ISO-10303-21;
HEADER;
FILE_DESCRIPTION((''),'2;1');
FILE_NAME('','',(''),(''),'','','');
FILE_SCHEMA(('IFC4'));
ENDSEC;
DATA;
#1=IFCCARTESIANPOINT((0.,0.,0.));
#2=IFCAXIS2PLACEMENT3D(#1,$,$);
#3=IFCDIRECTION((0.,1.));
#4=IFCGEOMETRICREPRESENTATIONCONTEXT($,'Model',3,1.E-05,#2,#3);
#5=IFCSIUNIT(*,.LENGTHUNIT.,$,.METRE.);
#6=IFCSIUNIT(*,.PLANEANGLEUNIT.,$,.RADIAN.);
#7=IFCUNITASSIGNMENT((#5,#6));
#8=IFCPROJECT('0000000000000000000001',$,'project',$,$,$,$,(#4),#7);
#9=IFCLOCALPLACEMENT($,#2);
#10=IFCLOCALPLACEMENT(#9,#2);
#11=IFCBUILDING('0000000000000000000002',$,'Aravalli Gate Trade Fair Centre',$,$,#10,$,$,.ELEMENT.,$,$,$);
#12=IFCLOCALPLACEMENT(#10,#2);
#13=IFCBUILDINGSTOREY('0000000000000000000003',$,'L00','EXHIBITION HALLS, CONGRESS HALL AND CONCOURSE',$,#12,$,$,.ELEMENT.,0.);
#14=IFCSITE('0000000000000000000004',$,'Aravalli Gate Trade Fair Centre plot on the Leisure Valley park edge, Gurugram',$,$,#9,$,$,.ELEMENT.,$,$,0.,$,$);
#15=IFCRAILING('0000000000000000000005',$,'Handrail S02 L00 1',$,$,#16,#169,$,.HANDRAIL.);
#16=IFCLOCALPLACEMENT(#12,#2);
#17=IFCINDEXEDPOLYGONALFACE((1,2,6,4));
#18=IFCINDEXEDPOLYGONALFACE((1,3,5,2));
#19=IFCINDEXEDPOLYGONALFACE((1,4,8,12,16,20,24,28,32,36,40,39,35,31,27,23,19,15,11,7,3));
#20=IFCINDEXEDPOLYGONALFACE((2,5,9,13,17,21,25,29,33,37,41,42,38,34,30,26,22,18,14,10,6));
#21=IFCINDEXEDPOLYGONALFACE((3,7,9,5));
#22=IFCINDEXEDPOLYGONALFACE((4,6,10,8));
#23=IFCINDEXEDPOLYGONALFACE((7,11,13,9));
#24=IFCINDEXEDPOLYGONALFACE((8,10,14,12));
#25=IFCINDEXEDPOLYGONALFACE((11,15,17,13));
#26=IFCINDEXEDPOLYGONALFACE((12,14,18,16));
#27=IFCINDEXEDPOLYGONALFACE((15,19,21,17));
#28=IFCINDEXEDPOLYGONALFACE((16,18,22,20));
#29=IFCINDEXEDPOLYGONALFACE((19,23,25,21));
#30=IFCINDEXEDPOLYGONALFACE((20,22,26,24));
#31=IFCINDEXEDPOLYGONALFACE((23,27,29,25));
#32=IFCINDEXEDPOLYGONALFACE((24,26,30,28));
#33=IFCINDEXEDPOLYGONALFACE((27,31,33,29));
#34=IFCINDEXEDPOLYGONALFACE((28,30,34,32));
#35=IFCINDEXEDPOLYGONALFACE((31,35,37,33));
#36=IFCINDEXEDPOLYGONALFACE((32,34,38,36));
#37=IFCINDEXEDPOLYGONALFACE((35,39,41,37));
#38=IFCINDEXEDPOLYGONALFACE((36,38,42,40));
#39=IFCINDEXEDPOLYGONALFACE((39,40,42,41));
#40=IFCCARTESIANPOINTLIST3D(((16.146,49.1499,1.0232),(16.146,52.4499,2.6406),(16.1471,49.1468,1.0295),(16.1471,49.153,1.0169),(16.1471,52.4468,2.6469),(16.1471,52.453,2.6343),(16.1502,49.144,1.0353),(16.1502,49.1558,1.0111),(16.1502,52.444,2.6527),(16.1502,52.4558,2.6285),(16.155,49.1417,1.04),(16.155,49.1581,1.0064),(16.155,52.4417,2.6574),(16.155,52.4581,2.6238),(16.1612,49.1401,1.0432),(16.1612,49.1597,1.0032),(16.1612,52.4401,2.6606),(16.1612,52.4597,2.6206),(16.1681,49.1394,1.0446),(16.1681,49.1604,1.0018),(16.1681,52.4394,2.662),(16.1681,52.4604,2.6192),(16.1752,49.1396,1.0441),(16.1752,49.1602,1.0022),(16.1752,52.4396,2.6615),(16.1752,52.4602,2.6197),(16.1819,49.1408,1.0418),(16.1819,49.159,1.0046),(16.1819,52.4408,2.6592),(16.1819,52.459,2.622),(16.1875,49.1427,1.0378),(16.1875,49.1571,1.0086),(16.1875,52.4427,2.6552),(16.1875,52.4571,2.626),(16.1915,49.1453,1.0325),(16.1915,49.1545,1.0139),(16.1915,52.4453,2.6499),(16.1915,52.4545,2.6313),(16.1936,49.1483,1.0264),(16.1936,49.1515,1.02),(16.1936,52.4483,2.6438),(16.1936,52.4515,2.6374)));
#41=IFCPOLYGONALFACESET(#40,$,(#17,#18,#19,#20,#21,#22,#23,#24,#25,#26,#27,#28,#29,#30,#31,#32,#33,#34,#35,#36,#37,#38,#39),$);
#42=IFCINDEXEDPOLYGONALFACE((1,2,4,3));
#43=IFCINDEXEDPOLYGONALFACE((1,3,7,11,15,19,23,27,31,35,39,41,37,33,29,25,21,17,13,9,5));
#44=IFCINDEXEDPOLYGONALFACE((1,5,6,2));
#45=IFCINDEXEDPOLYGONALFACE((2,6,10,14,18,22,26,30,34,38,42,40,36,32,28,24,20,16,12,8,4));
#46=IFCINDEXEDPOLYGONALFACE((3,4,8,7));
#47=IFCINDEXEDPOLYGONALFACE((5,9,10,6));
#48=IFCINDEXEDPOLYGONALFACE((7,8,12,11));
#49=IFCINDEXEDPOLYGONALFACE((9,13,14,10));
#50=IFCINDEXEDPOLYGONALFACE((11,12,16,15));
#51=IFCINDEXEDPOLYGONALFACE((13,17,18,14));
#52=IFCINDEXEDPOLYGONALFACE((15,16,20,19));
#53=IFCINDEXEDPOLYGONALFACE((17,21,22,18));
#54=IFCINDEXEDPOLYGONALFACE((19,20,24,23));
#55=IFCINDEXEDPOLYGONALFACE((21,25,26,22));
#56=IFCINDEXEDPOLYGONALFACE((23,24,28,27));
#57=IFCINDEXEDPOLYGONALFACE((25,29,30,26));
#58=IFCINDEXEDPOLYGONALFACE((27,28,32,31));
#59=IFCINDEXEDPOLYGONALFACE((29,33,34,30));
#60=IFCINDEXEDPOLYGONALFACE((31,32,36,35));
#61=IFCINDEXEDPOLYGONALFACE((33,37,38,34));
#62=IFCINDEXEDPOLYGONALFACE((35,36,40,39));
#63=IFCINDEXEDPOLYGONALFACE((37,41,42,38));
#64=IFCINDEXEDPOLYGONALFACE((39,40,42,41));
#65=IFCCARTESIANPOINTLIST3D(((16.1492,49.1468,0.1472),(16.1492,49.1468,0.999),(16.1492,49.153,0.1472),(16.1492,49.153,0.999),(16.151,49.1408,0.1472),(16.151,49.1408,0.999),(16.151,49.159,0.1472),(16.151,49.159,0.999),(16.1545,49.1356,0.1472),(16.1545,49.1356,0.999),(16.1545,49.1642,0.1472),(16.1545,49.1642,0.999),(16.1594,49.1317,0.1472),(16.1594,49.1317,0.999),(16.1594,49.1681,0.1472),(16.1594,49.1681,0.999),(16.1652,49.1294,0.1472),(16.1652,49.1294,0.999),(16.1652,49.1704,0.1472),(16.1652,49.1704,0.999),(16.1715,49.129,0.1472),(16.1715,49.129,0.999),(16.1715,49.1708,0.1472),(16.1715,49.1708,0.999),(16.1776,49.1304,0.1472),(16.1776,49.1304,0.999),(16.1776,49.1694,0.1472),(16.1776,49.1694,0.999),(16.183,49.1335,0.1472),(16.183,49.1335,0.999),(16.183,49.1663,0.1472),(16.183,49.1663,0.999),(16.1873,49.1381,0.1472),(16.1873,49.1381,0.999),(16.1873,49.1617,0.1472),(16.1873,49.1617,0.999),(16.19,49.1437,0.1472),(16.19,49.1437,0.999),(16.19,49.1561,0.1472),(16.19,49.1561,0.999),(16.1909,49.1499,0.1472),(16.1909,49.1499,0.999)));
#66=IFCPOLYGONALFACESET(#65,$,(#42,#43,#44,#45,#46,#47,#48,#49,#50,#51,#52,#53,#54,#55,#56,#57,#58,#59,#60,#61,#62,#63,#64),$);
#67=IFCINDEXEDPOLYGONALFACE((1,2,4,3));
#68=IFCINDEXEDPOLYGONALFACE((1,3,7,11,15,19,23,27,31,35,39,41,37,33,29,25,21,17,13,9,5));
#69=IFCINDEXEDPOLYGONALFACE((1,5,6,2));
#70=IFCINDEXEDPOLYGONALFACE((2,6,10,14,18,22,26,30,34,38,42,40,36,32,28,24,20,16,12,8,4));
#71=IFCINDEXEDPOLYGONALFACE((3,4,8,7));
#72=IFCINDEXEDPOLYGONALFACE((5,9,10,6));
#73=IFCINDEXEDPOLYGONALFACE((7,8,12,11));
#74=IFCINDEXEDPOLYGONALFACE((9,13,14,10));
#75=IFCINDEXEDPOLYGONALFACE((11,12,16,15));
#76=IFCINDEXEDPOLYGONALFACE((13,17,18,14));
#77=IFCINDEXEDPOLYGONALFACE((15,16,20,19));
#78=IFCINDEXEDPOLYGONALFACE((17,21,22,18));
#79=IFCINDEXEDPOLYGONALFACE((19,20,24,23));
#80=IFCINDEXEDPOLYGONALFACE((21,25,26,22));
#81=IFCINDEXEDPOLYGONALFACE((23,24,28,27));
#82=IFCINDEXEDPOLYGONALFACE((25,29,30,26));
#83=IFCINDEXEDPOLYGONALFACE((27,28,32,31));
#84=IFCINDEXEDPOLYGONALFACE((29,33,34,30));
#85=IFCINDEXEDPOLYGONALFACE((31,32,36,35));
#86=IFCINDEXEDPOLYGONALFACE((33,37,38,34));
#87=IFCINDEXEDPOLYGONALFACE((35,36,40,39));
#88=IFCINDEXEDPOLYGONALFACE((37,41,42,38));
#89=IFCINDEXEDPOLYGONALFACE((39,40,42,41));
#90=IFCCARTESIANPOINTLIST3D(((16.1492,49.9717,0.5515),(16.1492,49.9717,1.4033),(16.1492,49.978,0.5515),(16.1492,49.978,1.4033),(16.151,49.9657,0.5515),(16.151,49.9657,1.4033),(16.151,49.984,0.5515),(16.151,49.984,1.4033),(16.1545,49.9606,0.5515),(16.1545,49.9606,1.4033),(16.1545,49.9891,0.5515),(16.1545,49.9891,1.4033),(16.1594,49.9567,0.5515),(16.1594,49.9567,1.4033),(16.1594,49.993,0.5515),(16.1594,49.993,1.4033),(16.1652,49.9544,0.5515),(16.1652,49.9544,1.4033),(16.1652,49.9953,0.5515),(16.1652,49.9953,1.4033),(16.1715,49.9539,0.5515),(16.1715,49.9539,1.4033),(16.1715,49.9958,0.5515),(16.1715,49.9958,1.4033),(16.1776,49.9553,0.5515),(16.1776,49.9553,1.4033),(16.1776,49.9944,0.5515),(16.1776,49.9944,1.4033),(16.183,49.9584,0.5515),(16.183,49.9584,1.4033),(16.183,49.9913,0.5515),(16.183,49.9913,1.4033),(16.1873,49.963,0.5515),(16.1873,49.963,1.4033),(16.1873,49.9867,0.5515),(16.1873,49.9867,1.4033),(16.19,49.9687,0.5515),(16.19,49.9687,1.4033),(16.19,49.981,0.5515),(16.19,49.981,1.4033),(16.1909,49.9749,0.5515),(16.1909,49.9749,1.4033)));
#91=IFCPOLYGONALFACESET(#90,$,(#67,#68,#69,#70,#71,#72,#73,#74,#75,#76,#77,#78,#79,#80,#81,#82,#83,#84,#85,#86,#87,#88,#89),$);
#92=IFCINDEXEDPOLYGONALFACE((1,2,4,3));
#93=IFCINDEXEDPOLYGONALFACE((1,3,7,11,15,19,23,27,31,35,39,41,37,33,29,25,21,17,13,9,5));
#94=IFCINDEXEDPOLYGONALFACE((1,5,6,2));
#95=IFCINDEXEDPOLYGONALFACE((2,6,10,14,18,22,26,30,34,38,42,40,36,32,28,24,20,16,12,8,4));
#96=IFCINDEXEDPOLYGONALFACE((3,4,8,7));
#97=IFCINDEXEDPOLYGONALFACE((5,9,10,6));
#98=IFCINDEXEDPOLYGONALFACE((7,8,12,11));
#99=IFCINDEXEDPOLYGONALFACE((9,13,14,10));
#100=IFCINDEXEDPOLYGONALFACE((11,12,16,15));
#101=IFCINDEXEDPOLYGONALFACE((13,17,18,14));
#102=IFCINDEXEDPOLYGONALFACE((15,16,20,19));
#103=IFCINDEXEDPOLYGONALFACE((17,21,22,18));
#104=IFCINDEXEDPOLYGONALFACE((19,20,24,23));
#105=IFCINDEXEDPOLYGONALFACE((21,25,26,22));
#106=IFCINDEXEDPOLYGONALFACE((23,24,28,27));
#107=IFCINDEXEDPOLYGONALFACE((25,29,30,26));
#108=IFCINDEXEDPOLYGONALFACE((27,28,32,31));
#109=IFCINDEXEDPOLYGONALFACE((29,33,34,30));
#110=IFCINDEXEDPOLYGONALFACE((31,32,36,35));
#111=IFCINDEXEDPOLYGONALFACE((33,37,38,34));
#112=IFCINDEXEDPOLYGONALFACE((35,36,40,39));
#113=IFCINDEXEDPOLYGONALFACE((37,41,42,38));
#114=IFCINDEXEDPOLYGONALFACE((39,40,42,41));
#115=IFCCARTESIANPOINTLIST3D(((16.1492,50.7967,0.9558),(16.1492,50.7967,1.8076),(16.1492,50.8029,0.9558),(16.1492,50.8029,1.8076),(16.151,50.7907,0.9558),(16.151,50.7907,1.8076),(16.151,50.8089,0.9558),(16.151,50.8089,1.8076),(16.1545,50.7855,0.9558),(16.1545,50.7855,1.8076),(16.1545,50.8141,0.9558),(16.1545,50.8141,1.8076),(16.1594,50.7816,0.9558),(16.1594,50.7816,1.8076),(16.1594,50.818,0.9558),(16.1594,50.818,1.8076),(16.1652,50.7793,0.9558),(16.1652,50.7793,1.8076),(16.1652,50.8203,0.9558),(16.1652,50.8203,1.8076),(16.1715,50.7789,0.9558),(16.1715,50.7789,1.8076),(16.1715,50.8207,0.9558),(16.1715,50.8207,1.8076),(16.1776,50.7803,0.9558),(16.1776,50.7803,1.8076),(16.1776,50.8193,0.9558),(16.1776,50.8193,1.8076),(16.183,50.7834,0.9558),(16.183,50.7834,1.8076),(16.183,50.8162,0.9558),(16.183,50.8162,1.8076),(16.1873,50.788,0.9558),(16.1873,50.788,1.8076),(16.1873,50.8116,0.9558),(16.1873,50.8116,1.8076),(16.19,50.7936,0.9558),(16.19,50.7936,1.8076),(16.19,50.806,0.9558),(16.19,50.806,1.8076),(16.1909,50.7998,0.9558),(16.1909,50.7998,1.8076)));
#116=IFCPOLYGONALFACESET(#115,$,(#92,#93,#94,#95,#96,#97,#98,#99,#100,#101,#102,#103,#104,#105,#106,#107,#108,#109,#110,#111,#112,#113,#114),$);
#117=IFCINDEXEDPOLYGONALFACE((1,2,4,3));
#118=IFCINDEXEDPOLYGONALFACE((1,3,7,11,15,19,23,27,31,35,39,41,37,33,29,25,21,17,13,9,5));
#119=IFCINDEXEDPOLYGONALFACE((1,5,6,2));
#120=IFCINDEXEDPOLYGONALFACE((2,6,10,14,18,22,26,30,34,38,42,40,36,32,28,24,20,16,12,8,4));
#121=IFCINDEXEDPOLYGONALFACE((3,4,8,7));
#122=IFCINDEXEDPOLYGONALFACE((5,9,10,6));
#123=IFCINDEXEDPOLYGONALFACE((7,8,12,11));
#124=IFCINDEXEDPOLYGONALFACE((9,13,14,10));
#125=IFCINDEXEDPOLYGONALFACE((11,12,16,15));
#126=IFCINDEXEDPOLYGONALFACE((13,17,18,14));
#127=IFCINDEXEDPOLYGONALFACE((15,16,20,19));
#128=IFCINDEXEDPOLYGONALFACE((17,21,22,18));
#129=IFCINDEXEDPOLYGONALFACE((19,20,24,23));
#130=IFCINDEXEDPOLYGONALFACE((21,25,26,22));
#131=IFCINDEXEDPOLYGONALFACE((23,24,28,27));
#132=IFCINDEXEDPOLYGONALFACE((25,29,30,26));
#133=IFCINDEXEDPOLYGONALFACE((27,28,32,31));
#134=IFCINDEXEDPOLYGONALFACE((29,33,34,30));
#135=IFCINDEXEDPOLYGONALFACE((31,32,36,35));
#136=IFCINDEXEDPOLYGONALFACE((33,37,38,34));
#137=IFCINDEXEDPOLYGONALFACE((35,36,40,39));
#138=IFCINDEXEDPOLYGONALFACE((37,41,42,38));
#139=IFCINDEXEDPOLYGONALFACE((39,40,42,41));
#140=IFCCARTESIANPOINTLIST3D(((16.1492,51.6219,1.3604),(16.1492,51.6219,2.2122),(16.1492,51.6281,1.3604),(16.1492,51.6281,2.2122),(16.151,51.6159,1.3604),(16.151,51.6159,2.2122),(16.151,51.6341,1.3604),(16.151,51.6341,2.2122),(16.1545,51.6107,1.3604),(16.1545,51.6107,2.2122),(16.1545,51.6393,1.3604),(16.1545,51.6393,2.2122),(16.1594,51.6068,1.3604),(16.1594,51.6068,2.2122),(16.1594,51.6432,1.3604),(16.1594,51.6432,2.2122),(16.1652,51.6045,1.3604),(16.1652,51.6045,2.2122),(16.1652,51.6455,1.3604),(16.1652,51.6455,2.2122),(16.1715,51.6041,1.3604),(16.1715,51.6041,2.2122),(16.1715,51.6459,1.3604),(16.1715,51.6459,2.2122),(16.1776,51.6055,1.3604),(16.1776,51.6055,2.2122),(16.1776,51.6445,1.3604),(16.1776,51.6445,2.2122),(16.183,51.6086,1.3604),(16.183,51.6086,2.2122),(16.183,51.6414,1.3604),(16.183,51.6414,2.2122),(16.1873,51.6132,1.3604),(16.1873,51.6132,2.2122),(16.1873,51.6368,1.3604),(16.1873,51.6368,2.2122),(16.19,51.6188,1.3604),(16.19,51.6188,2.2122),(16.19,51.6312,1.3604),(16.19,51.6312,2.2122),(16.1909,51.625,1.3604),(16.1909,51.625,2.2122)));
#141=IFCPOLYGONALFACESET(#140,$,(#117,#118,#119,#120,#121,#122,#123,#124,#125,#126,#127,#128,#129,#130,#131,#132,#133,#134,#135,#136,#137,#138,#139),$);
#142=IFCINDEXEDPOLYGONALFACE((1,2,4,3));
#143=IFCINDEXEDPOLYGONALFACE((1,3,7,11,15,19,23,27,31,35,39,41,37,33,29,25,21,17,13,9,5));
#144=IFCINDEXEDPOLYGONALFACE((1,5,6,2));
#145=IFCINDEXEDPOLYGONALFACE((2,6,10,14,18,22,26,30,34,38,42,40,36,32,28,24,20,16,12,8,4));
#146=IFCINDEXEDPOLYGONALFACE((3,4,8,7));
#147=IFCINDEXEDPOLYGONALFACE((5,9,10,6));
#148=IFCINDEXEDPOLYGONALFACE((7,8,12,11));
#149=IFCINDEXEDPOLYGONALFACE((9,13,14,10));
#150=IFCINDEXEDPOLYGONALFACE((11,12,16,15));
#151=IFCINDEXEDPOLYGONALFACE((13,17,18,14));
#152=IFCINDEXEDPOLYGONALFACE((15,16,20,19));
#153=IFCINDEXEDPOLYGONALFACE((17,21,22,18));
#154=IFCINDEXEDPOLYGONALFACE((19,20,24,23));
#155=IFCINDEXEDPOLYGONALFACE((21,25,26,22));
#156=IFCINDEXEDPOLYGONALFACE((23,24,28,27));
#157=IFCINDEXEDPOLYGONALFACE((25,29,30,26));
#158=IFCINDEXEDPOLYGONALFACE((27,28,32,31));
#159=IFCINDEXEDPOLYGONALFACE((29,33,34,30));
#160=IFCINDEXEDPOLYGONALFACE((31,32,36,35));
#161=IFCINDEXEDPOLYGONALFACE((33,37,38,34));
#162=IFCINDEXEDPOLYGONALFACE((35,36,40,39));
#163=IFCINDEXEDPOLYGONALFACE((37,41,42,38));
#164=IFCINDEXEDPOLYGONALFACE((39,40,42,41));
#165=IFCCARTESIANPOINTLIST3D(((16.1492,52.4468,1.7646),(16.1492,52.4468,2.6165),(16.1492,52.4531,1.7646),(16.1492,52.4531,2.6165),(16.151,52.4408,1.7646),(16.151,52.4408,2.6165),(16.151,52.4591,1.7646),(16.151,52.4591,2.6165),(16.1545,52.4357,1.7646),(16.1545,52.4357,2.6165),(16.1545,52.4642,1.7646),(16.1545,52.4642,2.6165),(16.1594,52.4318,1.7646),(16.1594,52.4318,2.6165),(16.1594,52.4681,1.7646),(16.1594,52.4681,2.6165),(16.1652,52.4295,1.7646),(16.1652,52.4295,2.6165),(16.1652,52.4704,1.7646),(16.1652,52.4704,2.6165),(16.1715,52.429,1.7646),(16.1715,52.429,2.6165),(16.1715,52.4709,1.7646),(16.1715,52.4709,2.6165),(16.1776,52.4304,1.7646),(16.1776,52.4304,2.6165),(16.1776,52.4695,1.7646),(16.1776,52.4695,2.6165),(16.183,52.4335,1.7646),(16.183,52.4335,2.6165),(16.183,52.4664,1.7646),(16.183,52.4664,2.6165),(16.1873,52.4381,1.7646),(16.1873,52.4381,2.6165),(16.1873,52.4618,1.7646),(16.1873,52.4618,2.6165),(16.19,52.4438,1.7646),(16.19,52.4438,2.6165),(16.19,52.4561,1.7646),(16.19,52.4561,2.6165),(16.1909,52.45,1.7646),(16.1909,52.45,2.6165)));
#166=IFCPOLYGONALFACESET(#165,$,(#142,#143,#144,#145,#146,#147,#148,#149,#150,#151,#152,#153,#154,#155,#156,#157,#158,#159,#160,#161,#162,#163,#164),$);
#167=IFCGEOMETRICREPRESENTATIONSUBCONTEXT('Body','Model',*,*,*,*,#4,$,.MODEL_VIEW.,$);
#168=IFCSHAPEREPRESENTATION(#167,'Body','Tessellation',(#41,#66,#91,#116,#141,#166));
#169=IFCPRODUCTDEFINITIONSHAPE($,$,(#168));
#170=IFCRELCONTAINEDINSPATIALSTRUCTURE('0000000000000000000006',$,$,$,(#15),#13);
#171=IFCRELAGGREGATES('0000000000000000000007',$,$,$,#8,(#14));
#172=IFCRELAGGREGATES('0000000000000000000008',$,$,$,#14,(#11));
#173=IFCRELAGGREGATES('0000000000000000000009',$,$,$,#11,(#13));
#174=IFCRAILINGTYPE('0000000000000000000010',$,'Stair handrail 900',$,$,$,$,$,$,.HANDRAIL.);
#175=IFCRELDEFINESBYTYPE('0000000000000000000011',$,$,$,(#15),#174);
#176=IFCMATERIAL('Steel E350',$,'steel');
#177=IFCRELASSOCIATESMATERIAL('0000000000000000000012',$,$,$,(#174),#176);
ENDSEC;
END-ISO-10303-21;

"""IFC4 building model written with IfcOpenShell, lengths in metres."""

from ifc_helpers import new_model, si_unit, direction, frame, origin, origin_2d, place, context, subcontext, project, spatial, circle, extrude, material, type_object, element, save


model = new_model("IFC4")

# Units and contexts
model_context = context("Model", 3, precision=1e-05, world=origin(), true_north=direction((0.0, 1.0)))
body_context = subcontext(model_context, "Body", "Model", "MODEL_VIEW")
ifc_project = project(units=[si_unit("LENGTHUNIT", "METRE"), si_unit("PLANEANGLEUNIT", "RADIAN")], contexts=[model_context])

# Site, building, storey
site_placement = place(None, origin())
site = spatial("IfcSite", under=ifc_project, at=site_placement, Name="Aravalli Gate Trade Fair Centre plot on the Leisure Valley park edge, Gurugram", CompositionType="ELEMENT", RefElevation=0.0)
building_placement = place(site_placement, origin())
building = spatial("IfcBuilding", under=site, at=building_placement, Name="Aravalli Gate Trade Fair Centre", CompositionType="ELEMENT")
storey_placement = place(building_placement, origin())
storey = spatial("IfcBuildingStorey", under=building, at=storey_placement, Name="L00", Description="EXHIBITION HALLS, CONGRESS HALL AND CONCOURSE", CompositionType="ELEMENT", Elevation=0.0)

# Railing
ifc_material_1 = material(Name="Steel E350", Category="steel")
railing_type = type_object("IfcRailingType", Name="Stair handrail 900", PredefinedType="HANDRAIL", material=ifc_material_1)
railing_placement = place(storey_placement, frame((16.1699, 49.1499, 0.1472)))
element("IfcRailing", 1, at=railing_placement, inside=storey, type_object=railing_type, Name="Handrail S02 L00 1", PredefinedType="HANDRAIL", context=body_context, shape_type="SweptSolid", body=[
    extrude(circle(Radius=0.0239, at=origin_2d()), frame((0.0, 0.0, 0.876), z_axis=(0.0, 0.897946, 0.440105), x_axis=(-1.0, 0.0, 0.0)), (0.0, 0.0, 1.0), 3.675),
    extrude(circle(Radius=0.021, at=origin_2d()), origin(), (0.0, 0.0, 1.0), 0.8518),
    extrude(circle(Radius=0.021, at=origin_2d()), frame((0.0, 0.825, 0.4043)), (0.0, 0.0, 1.0), 0.8518),
    extrude(circle(Radius=0.021, at=origin_2d()), frame((0.0, 1.6499, 0.8086)), (0.0, 0.0, 1.0), 0.8518),
    extrude(circle(Radius=0.021, at=origin_2d()), frame((0.0, 2.4751, 1.2131)), (0.0, 0.0, 1.0), 0.8518),
    extrude(circle(Radius=0.021, at=origin_2d()), frame((0.0, 3.3, 1.6174)), (0.0, 0.0, 1.0), 0.8518),
])

save(model, "model.ifc")
